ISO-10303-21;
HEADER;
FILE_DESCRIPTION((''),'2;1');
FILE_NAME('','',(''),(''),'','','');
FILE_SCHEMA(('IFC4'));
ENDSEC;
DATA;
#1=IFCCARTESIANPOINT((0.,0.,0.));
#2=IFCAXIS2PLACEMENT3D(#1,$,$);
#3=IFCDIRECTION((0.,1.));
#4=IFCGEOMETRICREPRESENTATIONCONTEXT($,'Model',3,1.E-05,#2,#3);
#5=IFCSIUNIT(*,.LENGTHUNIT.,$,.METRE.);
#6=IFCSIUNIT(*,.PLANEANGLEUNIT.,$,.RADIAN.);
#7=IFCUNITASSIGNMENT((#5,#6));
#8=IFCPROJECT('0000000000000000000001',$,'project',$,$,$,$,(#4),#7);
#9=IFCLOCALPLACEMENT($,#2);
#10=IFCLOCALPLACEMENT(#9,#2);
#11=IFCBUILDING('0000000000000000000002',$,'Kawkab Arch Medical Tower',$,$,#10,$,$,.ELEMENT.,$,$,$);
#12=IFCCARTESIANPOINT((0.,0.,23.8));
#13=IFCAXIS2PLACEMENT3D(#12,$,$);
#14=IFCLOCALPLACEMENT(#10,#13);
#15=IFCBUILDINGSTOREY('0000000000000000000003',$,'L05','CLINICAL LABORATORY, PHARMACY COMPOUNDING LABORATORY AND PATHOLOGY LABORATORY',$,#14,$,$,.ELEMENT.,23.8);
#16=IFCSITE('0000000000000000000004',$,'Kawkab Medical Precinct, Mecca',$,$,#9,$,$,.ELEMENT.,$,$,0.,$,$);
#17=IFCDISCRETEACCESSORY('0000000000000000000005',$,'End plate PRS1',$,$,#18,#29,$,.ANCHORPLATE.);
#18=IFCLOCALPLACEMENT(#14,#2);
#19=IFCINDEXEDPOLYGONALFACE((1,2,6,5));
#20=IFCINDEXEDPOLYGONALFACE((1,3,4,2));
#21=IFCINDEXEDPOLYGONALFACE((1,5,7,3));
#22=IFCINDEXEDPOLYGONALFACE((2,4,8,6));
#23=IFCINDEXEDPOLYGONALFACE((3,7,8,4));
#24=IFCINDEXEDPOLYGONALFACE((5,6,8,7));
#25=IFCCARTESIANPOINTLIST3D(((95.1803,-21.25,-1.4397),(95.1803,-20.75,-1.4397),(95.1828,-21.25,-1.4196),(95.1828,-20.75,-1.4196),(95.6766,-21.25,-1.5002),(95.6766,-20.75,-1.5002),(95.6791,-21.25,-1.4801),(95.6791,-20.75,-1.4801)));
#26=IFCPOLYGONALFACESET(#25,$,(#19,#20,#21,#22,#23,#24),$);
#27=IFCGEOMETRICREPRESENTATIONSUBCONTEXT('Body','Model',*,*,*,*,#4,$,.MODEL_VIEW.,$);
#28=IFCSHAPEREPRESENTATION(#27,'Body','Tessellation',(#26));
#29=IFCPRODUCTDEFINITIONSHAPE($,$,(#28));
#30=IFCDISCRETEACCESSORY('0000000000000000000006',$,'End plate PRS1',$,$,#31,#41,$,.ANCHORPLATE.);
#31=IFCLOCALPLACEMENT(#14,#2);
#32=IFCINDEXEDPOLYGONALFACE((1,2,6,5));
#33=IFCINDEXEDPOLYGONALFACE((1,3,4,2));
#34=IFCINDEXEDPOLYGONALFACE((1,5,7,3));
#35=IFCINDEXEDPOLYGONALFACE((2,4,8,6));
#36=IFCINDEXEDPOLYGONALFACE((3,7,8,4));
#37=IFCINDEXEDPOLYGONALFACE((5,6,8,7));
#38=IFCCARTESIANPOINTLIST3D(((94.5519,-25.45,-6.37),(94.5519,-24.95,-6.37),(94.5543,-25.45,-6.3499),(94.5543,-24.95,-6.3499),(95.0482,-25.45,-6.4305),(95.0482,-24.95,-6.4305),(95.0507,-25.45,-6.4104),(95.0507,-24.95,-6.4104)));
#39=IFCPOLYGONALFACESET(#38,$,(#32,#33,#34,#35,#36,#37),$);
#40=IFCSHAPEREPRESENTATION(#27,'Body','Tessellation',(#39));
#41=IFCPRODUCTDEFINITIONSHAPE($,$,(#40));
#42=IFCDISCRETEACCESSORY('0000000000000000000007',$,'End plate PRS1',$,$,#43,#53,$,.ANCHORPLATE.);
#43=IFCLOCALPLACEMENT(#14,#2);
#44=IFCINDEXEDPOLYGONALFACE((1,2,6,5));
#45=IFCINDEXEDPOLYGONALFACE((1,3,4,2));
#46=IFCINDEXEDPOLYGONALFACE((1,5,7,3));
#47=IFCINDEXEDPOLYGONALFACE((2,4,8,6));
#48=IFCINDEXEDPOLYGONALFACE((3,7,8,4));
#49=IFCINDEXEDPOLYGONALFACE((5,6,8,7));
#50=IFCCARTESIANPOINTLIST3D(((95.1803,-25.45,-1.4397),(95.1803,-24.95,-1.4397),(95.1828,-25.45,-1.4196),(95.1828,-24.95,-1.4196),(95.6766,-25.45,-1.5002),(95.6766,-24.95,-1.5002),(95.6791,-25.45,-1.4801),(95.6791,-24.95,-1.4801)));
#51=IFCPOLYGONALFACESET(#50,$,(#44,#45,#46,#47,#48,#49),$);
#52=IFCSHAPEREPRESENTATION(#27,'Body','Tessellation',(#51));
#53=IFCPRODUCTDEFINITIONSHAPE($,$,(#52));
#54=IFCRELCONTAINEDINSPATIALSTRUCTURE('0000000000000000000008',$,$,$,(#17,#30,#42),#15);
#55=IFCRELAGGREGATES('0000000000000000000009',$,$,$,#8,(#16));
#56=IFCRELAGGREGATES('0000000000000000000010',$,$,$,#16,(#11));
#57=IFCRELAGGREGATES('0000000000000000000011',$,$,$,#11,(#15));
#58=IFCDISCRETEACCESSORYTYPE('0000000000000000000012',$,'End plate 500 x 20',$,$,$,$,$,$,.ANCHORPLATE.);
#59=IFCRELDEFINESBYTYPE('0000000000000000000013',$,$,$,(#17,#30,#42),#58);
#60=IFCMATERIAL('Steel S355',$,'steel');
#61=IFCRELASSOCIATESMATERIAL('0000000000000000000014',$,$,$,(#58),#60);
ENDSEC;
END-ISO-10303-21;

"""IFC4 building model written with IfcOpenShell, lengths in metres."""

from ifc_helpers import new_model, si_unit, direction, frame, origin, origin_2d, place, context, subcontext, project, spatial, rectangle, extrude, material, material_profile, profile_set, type_object, element, save


model = new_model("IFC4")

# Units and contexts
model_context = context("Model", 3, precision=1e-05, world=origin(), true_north=direction((0.0, 1.0)))
body_context = subcontext(model_context, "Body", "Model", "MODEL_VIEW")
ifc_project = project(units=[si_unit("LENGTHUNIT", "METRE"), si_unit("PLANEANGLEUNIT", "RADIAN")], contexts=[model_context])

# Site, building, storey
site_placement = place(None, origin())
site = spatial("IfcSite", under=ifc_project, at=site_placement, Name="Kawkab Medical Precinct, Mecca", CompositionType="ELEMENT", RefElevation=0.0)
building_placement = place(site_placement, origin())
building = spatial("IfcBuilding", under=site, at=building_placement, Name="Kawkab Arch Medical Tower", CompositionType="ELEMENT")
storey_placement = place(building_placement, frame((0.0, 0.0, 23.8)))
storey = spatial("IfcBuildingStorey", under=building, at=storey_placement, Name="L05", Description="CLINICAL LABORATORY, PHARMACY COMPOUNDING LABORATORY AND PATHOLOGY LABORATORY", CompositionType="ELEMENT", Elevation=23.8)

# Discrete accessories
ifc_material_1 = material(Name="Steel S355", Category="steel")
ifc_material_profile_1 = material_profile(ifc_material_1, rectangle(XDim=0.5, YDim=0.5, at=origin_2d()), Name="End plate 500 x 20")
ifc_profile_set_1 = profile_set([ifc_material_profile_1], Name="Steel S355")
discrete_accessory_type_1 = type_object("IfcDiscreteAccessoryType", Name="End plate 500 x 20", PredefinedType="ANCHORPLATE", material=ifc_profile_set_1)
for number, where, z_axis, x_axis, name in (
    (1, (95.4285, -21.0, -1.47), (0.121054, 0.0, 0.992646), (0.0, 1.0, 0.0), "End plate PRS1"),
    (2, (94.8025, -25.2, -6.3801), (-0.121054, 0.0, -0.992646), (0.0, -1.0, 0.0), "End plate PRS1"),
    (3, (95.4285, -25.2, -1.47), (0.121054, 0.0, 0.992646), (0.0, 1.0, 0.0), "End plate PRS1"),
):
    element("IfcDiscreteAccessory", number, at=place(storey_placement, frame(where, z_axis=z_axis, x_axis=x_axis)), inside=storey, type_object=discrete_accessory_type_1, Name=name, PredefinedType="ANCHORPLATE", context=body_context, shape_type="SweptSolid", body=[
        extrude(rectangle(XDim=0.5, YDim=0.5, at=origin_2d()), origin(), (0.0, 0.0, 1.0), 0.0203),
    ])

save(model, "model.ifc")
